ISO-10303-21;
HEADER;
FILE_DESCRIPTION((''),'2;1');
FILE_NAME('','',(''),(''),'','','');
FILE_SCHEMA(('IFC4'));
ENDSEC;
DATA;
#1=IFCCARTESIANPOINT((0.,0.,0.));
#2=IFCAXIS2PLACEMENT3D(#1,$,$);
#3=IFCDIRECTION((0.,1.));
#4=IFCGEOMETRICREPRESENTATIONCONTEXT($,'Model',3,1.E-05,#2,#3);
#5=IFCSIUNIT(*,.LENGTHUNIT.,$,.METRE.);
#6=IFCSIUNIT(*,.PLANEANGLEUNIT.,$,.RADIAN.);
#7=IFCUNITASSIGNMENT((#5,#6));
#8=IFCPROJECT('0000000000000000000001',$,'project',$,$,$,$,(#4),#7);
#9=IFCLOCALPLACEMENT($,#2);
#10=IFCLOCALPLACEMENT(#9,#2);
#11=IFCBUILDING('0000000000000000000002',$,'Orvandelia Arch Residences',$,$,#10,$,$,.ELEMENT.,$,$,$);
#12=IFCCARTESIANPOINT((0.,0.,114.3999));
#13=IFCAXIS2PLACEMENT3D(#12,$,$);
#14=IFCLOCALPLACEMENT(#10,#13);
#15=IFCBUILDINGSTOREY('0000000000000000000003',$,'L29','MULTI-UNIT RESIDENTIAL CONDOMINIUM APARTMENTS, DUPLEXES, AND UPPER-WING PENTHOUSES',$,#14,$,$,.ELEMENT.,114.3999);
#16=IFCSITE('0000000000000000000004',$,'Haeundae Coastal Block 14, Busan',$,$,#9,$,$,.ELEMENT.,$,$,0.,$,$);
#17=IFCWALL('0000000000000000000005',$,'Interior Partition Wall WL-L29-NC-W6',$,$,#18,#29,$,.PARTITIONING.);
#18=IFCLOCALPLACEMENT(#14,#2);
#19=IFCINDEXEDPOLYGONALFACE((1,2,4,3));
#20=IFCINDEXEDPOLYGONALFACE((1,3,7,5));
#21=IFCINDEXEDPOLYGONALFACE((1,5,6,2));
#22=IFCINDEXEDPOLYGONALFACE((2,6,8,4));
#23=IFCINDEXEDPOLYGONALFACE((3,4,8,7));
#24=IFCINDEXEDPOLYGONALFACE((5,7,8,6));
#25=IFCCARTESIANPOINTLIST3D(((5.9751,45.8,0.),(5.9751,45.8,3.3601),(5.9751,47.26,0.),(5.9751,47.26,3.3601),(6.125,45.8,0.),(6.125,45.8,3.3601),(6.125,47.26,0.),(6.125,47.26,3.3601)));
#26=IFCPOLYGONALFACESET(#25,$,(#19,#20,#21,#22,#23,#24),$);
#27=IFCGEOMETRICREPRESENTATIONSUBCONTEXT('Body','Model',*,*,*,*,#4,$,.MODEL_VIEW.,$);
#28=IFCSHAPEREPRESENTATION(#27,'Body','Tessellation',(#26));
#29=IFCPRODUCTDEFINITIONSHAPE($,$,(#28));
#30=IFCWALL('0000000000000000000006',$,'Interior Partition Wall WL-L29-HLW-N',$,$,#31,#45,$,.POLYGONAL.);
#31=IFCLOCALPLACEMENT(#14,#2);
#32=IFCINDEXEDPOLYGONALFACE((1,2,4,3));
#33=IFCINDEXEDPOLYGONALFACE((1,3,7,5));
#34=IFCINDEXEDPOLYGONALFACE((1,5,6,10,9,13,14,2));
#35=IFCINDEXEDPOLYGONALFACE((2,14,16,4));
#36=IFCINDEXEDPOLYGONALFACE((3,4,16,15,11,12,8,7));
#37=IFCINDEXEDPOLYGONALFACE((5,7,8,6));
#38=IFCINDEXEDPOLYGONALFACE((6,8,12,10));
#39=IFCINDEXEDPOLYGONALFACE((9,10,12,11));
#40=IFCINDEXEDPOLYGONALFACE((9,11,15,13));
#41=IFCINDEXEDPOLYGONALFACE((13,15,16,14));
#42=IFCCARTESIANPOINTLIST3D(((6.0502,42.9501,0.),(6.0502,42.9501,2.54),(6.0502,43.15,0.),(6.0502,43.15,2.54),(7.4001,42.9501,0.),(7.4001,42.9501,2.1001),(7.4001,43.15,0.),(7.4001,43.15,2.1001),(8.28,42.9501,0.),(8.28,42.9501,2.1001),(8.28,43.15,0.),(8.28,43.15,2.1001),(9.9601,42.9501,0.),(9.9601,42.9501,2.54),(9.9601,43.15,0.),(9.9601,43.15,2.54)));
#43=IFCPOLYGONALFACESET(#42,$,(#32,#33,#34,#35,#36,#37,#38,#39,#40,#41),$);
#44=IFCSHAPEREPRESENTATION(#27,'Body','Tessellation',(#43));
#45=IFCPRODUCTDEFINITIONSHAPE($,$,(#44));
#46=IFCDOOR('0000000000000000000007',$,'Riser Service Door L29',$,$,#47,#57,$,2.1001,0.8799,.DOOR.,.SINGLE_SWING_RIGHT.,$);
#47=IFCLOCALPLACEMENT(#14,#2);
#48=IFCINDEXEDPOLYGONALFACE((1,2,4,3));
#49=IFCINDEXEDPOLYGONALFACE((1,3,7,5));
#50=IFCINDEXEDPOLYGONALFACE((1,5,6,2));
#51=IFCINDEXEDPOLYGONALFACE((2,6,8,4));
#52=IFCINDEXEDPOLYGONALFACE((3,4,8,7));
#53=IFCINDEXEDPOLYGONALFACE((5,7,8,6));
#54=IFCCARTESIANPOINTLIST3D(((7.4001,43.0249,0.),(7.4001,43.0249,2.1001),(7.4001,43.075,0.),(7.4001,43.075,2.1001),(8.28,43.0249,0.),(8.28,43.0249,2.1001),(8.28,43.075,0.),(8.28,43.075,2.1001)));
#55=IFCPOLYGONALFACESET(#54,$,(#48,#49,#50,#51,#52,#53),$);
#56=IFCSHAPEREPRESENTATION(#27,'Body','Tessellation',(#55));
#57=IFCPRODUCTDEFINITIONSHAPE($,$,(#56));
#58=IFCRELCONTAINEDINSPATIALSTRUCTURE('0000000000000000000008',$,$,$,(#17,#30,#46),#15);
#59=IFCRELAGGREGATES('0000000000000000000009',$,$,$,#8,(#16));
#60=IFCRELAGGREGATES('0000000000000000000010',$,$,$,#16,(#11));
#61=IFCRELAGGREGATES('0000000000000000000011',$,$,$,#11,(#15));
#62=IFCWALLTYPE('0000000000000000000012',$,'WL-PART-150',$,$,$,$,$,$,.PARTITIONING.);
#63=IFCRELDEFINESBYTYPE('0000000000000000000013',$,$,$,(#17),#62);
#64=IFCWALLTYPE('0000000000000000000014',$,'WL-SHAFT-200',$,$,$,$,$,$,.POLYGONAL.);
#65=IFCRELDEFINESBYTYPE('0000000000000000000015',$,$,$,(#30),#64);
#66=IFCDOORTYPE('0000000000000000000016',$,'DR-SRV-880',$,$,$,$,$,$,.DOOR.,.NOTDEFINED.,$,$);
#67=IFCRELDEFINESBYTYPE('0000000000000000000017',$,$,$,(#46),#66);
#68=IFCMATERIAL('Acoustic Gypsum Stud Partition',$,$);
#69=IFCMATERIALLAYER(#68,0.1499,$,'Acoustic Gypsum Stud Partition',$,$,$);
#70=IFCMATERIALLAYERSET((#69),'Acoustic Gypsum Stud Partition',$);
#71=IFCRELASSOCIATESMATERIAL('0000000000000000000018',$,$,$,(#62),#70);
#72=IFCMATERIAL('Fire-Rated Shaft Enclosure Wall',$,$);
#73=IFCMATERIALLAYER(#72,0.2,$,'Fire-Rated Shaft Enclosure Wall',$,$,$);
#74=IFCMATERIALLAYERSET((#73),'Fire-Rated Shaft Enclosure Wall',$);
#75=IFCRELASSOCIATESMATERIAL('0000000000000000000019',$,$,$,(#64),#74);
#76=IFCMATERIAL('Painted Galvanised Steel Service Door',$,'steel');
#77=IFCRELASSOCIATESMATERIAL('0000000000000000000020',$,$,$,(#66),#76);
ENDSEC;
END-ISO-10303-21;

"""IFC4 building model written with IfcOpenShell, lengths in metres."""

from ifc_helpers import new_model, si_unit, direction, frame, frame_2d, origin, place, context, subcontext, project, spatial, rectangle, extrude, material, layer, layer_set, type_object, element, fill, save


model = new_model("IFC4")

# Units and contexts
model_context = context("Model", 3, precision=1e-05, world=origin(), true_north=direction((0.0, 1.0)))
body_context = subcontext(model_context, "Body", "Model", "MODEL_VIEW")
ifc_project = project(units=[si_unit("LENGTHUNIT", "METRE"), si_unit("PLANEANGLEUNIT", "RADIAN")], contexts=[model_context])

# Site, building, storey
site_placement = place(None, origin())
site = spatial("IfcSite", under=ifc_project, at=site_placement, Name="Haeundae Coastal Block 14, Busan", CompositionType="ELEMENT", RefElevation=0.0)
building_placement = place(site_placement, origin())
building = spatial("IfcBuilding", under=site, at=building_placement, Name="Orvandelia Arch Residences", CompositionType="ELEMENT")
storey_placement = place(building_placement, frame((0.0, 0.0, 114.3999)))
storey = spatial("IfcBuildingStorey", under=building, at=storey_placement, Name="L29", Description="MULTI-UNIT RESIDENTIAL CONDOMINIUM APARTMENTS, DUPLEXES, AND UPPER-WING PENTHOUSES", CompositionType="ELEMENT", Elevation=114.3999)

# Wall
ifc_material_1 = material(Name="Acoustic Gypsum Stud Partition")
ifc_layer_1 = layer(ifc_material_1, 0.1499, Name="Acoustic Gypsum Stud Partition")
ifc_layer_set_1 = layer_set([ifc_layer_1], Name="Acoustic Gypsum Stud Partition")
wall_type_1 = type_object("IfcWallType", Name="WL-PART-150", PredefinedType="PARTITIONING", material=ifc_layer_set_1)
wall_1_placement = place(storey_placement, frame((6.05, 45.8, 0.0), z_axis=(0.0, 0.0, 1.0), x_axis=(0.0, 1.0, 0.0)))
element("IfcWall", 1, at=wall_1_placement, inside=storey, type_object=wall_type_1, Name="Interior Partition Wall WL-L29-NC-W6", PredefinedType="PARTITIONING", context=body_context, shape_type="SweptSolid", body=[
    extrude(rectangle(XDim=1.46, YDim=0.1499, at=frame_2d((0.73, 0.0))), origin(), (0.0, 0.0, 1.0), 3.3601),
])

# Wall, opening, door
ifc_material_2 = material(Name="Fire-Rated Shaft Enclosure Wall")
ifc_layer_2 = layer(ifc_material_2, 0.2, Name="Fire-Rated Shaft Enclosure Wall")
ifc_layer_set_2 = layer_set([ifc_layer_2], Name="Fire-Rated Shaft Enclosure Wall")
wall_type_2 = type_object("IfcWallType", Name="WL-SHAFT-200", PredefinedType="POLYGONAL", material=ifc_layer_set_2)
wall_2_placement = place(storey_placement, frame((6.05, 43.05, 0.0), z_axis=(0.0, 0.0, 1.0), x_axis=(1.0, 0.0, 0.0)))
wall_2 = element("IfcWall", 2, at=wall_2_placement, inside=storey, type_object=wall_type_2, Name="Interior Partition Wall WL-L29-HLW-N", PredefinedType="POLYGONAL", context=body_context, shape_type="SweptSolid", body=[
    extrude(rectangle(XDim=3.9099, YDim=0.2, at=frame_2d((1.9551, 0.0))), origin(), (0.0, 0.0, 1.0), 2.54),
])
opening_1_placement = place(wall_2_placement, frame((1.3501, 0.0, 0.0)))
opening_1 = element("IfcOpeningElement", 3, at=opening_1_placement, cuts=wall_2, PredefinedType="OPENING", context=body_context, shape_type="SweptSolid", body=[
    extrude(rectangle(XDim=0.8799, YDim=2.1001, at=frame_2d((0.4399, 1.05))), frame((0.0, 0.1099, 0.0), z_axis=(0.0, -1.0, 0.0), x_axis=(1.0, 0.0, 0.0)), (0.0, 0.0, 1.0), 0.22),
])
ifc_material_3 = material(Name="Painted Galvanised Steel Service Door", Category="steel")
door_type = type_object("IfcDoorType", Name="DR-SRV-880", OperationType="NOTDEFINED", PredefinedType="DOOR", material=ifc_material_3)
door_placement = place(opening_1_placement, origin())
door = element("IfcDoor", 4, at=door_placement, inside=storey, type_object=door_type, Name="Riser Service Door L29", OperationType="SINGLE_SWING_RIGHT", OverallHeight=2.1001, OverallWidth=0.8799, PredefinedType="DOOR", context=body_context, shape_type="SweptSolid", body=[
    extrude(rectangle(XDim=0.8799, YDim=2.1001, at=frame_2d((0.4399, 1.05))), frame((0.0, 0.0249, 0.0), z_axis=(0.0, -1.0, 0.0), x_axis=(1.0, 0.0, 0.0)), (0.0, 0.0, 1.0), 0.05),
])
fill(opening_1, door)

save(model, "model.ifc")
